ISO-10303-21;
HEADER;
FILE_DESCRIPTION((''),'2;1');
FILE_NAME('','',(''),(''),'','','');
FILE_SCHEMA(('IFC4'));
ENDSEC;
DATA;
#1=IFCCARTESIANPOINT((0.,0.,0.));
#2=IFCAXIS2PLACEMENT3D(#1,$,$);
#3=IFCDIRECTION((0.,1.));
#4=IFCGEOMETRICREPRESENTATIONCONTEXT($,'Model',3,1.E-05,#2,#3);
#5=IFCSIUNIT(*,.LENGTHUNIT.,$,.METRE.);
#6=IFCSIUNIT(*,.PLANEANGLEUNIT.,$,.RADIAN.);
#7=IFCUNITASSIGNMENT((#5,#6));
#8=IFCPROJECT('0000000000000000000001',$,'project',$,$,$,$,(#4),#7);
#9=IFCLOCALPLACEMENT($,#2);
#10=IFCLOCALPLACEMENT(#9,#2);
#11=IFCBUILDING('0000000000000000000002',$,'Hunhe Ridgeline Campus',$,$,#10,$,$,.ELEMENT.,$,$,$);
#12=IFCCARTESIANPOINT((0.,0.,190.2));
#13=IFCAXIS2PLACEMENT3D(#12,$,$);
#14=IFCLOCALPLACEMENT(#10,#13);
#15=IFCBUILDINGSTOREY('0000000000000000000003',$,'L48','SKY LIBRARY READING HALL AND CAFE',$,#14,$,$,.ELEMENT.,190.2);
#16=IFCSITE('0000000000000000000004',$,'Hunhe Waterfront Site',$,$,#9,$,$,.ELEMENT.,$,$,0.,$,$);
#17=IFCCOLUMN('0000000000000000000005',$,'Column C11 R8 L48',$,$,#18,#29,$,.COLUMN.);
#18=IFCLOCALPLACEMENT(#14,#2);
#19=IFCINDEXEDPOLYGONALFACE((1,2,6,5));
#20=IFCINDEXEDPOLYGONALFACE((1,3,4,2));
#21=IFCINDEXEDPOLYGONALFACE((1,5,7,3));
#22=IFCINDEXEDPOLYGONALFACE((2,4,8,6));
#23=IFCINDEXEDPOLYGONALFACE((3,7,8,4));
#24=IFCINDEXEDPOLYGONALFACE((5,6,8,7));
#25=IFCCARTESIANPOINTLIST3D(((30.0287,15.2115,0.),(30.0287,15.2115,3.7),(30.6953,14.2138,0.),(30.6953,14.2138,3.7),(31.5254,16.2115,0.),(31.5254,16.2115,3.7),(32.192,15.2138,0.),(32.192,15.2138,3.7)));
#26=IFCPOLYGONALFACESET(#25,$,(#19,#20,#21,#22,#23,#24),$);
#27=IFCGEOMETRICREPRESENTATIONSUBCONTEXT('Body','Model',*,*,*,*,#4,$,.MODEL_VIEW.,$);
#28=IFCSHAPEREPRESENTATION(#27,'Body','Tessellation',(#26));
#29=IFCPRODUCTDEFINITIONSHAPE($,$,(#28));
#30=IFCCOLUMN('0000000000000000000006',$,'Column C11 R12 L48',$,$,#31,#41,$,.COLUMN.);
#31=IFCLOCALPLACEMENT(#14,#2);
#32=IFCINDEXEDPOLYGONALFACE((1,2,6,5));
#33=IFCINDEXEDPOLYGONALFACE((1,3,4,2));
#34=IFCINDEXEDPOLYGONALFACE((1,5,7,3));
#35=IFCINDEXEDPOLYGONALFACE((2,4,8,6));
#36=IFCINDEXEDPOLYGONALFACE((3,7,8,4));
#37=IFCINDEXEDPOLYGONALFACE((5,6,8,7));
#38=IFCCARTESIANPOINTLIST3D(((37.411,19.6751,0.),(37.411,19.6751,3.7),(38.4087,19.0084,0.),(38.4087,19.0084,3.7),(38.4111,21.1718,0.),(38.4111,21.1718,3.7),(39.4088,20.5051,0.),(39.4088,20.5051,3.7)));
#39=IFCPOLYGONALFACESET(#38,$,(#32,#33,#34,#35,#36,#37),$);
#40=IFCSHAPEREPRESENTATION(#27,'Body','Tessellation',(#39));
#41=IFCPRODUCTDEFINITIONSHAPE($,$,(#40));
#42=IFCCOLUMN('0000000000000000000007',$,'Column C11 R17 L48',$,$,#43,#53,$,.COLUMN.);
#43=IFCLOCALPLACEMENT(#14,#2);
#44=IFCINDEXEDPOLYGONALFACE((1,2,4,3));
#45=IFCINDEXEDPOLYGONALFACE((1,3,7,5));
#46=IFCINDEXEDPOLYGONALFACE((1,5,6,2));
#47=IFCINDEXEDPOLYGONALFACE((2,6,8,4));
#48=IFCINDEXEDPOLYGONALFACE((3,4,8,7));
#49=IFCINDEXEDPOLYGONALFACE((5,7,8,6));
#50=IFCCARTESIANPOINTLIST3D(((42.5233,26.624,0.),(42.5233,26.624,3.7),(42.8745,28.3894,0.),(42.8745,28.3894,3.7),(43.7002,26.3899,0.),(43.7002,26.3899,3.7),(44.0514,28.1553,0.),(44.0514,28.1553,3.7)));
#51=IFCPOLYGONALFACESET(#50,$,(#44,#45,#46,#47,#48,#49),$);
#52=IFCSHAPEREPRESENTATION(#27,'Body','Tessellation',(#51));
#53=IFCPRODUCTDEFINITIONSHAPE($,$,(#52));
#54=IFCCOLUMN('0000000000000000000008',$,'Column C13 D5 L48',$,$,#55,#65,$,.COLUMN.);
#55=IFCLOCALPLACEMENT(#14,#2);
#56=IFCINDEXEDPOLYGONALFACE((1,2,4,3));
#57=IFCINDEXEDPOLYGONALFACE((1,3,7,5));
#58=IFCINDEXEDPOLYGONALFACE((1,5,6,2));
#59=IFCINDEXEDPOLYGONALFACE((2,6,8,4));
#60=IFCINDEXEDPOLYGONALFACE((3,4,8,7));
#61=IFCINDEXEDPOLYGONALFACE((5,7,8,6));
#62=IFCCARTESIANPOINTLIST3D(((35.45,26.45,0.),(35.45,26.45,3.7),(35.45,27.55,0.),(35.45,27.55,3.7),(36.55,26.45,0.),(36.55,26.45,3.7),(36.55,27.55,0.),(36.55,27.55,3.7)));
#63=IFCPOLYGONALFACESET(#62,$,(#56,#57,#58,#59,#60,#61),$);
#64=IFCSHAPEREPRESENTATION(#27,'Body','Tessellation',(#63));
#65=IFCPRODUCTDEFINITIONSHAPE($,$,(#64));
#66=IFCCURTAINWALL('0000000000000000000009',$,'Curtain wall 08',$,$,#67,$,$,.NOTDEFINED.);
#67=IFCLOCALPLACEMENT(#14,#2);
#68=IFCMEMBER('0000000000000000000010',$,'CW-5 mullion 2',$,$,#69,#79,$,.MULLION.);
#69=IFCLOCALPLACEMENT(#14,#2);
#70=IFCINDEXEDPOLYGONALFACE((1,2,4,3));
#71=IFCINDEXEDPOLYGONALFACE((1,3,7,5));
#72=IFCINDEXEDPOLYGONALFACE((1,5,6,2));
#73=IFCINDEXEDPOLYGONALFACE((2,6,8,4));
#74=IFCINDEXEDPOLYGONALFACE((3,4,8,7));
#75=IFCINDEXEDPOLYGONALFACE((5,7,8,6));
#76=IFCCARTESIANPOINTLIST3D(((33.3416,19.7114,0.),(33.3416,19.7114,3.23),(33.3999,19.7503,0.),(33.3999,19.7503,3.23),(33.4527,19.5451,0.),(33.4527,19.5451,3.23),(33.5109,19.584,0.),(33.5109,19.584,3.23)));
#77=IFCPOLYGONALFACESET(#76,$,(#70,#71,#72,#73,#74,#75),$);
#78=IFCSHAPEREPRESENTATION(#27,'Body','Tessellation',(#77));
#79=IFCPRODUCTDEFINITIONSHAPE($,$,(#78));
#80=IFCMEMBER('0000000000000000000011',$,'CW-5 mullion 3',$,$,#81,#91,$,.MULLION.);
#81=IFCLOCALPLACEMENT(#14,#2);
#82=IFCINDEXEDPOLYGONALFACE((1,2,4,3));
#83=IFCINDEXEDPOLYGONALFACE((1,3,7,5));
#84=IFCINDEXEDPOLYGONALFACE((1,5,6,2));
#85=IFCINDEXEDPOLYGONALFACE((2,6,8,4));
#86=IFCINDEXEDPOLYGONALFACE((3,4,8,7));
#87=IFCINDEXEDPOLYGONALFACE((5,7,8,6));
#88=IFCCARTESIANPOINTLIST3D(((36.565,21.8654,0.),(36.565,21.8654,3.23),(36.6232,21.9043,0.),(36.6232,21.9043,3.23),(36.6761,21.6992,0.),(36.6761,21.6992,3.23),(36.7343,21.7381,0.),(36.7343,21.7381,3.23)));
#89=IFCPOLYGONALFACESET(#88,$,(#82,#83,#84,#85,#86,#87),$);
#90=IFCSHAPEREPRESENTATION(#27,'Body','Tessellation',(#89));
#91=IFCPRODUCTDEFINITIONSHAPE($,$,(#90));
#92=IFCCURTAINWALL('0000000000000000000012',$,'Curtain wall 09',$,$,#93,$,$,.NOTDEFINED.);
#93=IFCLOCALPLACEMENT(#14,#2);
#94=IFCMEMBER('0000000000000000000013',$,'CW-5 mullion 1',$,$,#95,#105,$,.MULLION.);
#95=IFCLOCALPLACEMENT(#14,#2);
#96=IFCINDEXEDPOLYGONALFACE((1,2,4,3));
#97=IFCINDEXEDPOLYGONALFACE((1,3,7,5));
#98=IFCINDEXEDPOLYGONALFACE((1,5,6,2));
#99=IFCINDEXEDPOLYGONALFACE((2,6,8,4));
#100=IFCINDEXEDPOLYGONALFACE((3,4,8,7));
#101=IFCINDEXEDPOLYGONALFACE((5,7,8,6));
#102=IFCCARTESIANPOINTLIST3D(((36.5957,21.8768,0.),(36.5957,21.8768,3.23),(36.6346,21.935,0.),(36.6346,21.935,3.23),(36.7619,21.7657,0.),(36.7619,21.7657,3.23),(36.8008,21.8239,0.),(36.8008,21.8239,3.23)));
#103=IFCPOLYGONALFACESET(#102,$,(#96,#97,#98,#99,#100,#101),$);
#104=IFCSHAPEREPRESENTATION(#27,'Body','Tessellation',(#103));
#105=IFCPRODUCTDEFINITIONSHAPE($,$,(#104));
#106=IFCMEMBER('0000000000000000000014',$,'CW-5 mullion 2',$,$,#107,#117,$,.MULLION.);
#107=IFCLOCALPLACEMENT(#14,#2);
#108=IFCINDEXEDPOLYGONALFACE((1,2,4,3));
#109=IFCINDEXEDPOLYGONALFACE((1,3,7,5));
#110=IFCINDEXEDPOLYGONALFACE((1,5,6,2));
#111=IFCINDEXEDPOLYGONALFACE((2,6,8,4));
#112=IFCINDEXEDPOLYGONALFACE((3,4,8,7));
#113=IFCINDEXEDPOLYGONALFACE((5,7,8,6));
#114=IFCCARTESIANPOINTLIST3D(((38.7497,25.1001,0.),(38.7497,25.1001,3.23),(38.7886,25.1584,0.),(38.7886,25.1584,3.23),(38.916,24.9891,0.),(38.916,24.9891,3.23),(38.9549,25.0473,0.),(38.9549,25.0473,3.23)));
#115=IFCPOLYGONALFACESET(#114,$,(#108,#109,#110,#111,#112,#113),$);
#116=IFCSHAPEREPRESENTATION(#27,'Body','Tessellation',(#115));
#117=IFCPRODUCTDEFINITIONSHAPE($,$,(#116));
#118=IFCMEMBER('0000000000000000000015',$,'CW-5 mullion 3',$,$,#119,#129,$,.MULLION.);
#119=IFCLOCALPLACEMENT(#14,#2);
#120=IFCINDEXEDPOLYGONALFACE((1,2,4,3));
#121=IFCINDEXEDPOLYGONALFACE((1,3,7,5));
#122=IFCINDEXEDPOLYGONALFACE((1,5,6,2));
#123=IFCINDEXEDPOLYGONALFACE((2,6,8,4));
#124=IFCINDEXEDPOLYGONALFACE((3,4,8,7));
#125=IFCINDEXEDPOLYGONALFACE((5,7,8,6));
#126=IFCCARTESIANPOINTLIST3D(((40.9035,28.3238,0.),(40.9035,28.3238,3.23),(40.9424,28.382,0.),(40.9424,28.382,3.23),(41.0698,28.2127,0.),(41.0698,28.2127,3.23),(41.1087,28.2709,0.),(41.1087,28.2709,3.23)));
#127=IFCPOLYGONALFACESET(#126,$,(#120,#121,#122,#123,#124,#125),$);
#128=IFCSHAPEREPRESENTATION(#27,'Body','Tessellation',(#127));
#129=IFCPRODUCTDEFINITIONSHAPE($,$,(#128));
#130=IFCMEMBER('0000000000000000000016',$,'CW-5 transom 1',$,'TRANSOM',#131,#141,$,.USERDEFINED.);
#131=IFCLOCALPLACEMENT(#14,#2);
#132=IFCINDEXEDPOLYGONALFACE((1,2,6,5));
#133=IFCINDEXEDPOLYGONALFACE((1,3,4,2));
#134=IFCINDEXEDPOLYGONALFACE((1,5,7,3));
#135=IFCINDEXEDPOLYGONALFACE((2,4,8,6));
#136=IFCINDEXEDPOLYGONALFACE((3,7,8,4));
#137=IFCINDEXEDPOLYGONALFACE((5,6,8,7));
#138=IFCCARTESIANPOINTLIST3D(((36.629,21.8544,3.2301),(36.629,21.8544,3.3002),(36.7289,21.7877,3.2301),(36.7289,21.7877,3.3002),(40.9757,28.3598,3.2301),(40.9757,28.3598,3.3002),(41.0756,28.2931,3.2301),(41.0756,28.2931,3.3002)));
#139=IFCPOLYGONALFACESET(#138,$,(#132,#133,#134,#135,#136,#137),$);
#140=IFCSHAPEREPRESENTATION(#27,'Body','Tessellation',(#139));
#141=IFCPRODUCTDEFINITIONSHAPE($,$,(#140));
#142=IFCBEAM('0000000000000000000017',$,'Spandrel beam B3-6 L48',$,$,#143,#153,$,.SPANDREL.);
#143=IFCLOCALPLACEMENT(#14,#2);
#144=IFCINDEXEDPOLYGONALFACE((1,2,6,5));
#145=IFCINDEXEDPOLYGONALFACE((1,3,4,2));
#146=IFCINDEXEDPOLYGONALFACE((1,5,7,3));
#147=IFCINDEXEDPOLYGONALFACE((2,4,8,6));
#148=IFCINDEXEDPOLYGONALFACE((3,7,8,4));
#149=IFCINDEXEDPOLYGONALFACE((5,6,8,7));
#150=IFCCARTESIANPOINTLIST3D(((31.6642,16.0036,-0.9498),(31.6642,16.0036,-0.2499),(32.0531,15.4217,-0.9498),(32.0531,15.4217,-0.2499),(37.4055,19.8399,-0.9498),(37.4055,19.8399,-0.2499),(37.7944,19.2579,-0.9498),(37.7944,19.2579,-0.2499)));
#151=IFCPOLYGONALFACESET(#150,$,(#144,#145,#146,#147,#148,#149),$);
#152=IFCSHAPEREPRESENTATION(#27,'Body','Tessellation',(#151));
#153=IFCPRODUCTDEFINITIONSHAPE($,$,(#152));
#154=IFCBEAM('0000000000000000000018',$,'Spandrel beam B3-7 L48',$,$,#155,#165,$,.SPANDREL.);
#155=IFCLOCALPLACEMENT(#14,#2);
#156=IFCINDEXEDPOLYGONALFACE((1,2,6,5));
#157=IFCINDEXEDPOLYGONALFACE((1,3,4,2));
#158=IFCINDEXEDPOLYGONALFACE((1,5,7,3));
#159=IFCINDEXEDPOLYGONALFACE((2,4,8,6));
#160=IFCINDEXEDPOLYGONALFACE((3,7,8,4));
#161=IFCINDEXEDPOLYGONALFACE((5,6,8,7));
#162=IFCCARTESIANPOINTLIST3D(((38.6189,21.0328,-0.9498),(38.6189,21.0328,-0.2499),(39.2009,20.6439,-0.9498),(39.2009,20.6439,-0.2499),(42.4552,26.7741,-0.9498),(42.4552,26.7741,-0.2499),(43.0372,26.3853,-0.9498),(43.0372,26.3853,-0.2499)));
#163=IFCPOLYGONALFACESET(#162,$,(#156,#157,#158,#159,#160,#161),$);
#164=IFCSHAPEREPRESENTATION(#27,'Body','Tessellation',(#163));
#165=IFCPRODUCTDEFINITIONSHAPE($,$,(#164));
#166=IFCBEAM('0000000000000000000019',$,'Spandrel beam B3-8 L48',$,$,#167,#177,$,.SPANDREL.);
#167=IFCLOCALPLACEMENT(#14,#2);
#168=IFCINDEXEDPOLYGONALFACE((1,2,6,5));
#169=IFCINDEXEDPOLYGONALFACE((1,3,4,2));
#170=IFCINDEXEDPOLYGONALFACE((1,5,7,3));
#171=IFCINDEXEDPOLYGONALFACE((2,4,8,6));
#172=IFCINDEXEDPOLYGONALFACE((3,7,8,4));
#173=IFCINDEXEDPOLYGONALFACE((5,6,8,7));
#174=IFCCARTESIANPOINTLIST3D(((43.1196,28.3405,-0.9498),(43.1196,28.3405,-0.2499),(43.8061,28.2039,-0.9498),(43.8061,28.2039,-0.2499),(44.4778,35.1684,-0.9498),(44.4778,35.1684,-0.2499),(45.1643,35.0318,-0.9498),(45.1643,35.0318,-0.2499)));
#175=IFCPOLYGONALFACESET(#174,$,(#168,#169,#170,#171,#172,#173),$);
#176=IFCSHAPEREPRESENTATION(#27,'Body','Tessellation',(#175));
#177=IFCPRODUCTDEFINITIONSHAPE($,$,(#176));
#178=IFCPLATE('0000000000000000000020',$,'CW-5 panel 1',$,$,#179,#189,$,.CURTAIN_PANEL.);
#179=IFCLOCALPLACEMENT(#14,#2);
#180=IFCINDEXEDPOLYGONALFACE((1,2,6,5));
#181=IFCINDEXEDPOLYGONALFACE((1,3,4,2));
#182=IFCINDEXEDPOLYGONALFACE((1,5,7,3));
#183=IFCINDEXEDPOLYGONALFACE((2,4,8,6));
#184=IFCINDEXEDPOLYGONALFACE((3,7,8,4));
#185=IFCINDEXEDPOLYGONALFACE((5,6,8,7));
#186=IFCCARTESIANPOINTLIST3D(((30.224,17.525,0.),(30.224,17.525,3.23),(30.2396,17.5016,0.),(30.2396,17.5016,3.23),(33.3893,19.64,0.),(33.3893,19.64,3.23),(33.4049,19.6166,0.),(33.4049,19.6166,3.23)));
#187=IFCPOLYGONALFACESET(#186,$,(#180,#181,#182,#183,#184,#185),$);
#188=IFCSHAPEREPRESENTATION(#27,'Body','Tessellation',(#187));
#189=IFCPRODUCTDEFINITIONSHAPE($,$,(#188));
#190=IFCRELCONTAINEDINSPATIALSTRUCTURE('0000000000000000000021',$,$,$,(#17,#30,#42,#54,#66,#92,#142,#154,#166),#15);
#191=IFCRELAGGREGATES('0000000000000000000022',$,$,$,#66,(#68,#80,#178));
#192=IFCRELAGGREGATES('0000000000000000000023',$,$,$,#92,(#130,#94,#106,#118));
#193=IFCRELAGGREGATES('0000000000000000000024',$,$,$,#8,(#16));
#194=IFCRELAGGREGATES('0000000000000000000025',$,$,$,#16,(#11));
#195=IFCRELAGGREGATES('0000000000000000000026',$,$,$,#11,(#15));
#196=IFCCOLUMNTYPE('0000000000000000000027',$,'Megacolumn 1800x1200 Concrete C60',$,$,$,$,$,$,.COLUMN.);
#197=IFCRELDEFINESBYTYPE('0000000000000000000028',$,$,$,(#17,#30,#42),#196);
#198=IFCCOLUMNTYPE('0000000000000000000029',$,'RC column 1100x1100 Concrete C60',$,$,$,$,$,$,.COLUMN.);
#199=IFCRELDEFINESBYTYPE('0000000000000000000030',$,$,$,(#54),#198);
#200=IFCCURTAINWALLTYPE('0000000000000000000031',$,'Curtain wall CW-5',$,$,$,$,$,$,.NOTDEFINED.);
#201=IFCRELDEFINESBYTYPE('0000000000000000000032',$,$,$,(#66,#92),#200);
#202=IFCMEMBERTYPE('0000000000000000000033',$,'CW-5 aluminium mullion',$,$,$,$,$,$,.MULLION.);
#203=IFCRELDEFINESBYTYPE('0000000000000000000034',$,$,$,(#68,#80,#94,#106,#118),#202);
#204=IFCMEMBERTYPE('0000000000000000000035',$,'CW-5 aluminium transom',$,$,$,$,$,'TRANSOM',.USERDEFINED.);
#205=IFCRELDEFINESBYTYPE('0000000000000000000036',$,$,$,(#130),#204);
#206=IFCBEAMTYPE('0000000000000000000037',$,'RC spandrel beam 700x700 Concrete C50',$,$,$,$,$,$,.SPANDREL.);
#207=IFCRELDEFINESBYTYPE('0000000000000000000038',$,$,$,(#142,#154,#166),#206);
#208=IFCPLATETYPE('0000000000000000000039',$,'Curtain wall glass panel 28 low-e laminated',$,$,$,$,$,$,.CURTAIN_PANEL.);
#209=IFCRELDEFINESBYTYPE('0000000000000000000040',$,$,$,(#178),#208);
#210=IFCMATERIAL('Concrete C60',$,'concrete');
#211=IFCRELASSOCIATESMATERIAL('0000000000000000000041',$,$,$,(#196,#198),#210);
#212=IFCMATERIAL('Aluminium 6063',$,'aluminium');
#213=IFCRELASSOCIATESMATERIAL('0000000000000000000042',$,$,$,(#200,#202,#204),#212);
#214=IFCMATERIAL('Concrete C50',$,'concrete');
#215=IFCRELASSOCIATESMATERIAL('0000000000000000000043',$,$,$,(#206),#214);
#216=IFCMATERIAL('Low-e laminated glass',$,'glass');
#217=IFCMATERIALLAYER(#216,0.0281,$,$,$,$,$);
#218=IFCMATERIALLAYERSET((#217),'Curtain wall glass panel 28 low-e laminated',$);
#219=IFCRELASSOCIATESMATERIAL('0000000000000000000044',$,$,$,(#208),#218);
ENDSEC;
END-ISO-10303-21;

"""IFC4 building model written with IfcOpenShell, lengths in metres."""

from ifc_helpers import new_model, si_unit, direction, frame, origin, origin_2d, place, context, subcontext, project, spatial, rectangle, extrude, material, layer, layer_set, material_profile, profile_set, type_object, element, aggregate, save


model = new_model("IFC4")

# Units and contexts
model_context = context("Model", 3, precision=1e-05, world=origin(), true_north=direction((0.0, 1.0)))
body_context = subcontext(model_context, "Body", "Model", "MODEL_VIEW")
ifc_project = project(units=[si_unit("LENGTHUNIT", "METRE"), si_unit("PLANEANGLEUNIT", "RADIAN")], contexts=[model_context])

# Site, building, storey
site_placement = place(None, origin())
site = spatial("IfcSite", under=ifc_project, at=site_placement, Name="Hunhe Waterfront Site", CompositionType="ELEMENT", RefElevation=0.0)
building_placement = place(site_placement, origin())
building = spatial("IfcBuilding", under=site, at=building_placement, Name="Hunhe Ridgeline Campus", CompositionType="ELEMENT")
storey_placement = place(building_placement, frame((0.0, 0.0, 190.2)))
storey = spatial("IfcBuildingStorey", under=building, at=storey_placement, Name="L48", Description="SKY LIBRARY READING HALL AND CAFE", CompositionType="ELEMENT", Elevation=190.2)

# Columns
ifc_material_1 = material(Name="Concrete C60", Category="concrete")
ifc_material_profile_1 = material_profile(ifc_material_1, rectangle(XDim=1.8, YDim=1.2, at=origin_2d()))
ifc_profile_set_1 = profile_set([ifc_material_profile_1], Name="Concrete C60")
column_type_1 = type_object("IfcColumnType", Name="Megacolumn 1800x1200 Concrete C60", PredefinedType="COLUMN", material=ifc_profile_set_1)
for number, where, z_axis, x_axis, name in (
    (1, (31.1104, 15.2126, 0.0), (0.0, 0.0, 1.0), (0.83147, 0.55557, 0.0), "Column C11 R8 L48"),
    (2, (38.4099, 20.0901, 0.0), (0.0, 0.0, 1.0), (0.55557, 0.83147, 0.0), "Column C11 R12 L48"),
    (3, (43.2874, 27.3896, 0.0), (0.0, 0.0, 1.0), (0.19509, 0.980785, 0.0), "Column C11 R17 L48"),
):
    element("IfcColumn", number, at=place(storey_placement, frame(where, z_axis=z_axis, x_axis=x_axis)), inside=storey, type_object=column_type_1, Name=name, PredefinedType="COLUMN", context=body_context, shape_type="SweptSolid", body=[
        extrude(rectangle(XDim=1.8, YDim=1.2, at=origin_2d()), origin(), (0.0, 0.0, 1.0), 3.7),
    ])
ifc_material_profile_2 = material_profile(ifc_material_1, rectangle(XDim=1.1001, YDim=1.1001, at=origin_2d()))
ifc_profile_set_2 = profile_set([ifc_material_profile_2], Name="Concrete C60")
column_type_2 = type_object("IfcColumnType", Name="RC column 1100x1100 Concrete C60", PredefinedType="COLUMN", material=ifc_profile_set_2)
column_placement = place(storey_placement, frame((36.0, 27.0, 0.0), z_axis=(0.0, 0.0, 1.0), x_axis=(1.0, 0.0, 0.0)))
element("IfcColumn", 4, at=column_placement, inside=storey, type_object=column_type_2, Name="Column C13 D5 L48", PredefinedType="COLUMN", context=body_context, shape_type="SweptSolid", body=[
    extrude(rectangle(XDim=1.1001, YDim=1.1001, at=origin_2d()), origin(), (0.0, 0.0, 1.0), 3.7),
])

# Curtain walls, members
ifc_material_2 = material(Name="Aluminium 6063", Category="aluminium")
curtain_wall_type = type_object("IfcCurtainWallType", Name="Curtain wall CW-5", PredefinedType="NOTDEFINED", material=ifc_material_2)
curtain_wall_1_placement = place(storey_placement, origin())
curtain_wall_1 = element("IfcCurtainWall", 5, at=curtain_wall_1_placement, inside=storey, type_object=curtain_wall_type, Name="Curtain wall 08", PredefinedType="NOTDEFINED")
ifc_material_profile_3 = material_profile(ifc_material_2, rectangle(XDim=0.2, YDim=0.0701, at=origin_2d()))
ifc_profile_set_3 = profile_set([ifc_material_profile_3], Name="Aluminium 6063")
member_type_1 = type_object("IfcMemberType", Name="CW-5 aluminium mullion", PredefinedType="MULLION", material=ifc_profile_set_3)
member_1_placement = place(storey_placement, frame((33.4263, 19.6477, 0.0), z_axis=(0.0, 0.0, 1.0), x_axis=(-0.55557, 0.83147, 0.0)))
member_1 = element("IfcMember", 6, at=member_1_placement, type_object=member_type_1, Name="CW-5 mullion 2", PredefinedType="MULLION", context=body_context, shape_type="SweptSolid", body=[
    extrude(rectangle(XDim=0.2, YDim=0.0701, at=origin_2d()), origin(), (0.0, 0.0, 1.0), 3.23),
])
member_2_placement = place(storey_placement, frame((36.6497, 21.8018, 0.0), z_axis=(0.0, 0.0, 1.0), x_axis=(-0.55557, 0.83147, 0.0)))
member_2 = element("IfcMember", 7, at=member_2_placement, type_object=member_type_1, Name="CW-5 mullion 3", PredefinedType="MULLION", context=body_context, shape_type="SweptSolid", body=[
    extrude(rectangle(XDim=0.2, YDim=0.0701, at=origin_2d()), origin(), (0.0, 0.0, 1.0), 3.23),
])
curtain_wall_2_placement = place(storey_placement, origin())
curtain_wall_2 = element("IfcCurtainWall", 8, at=curtain_wall_2_placement, inside=storey, type_object=curtain_wall_type, Name="Curtain wall 09", PredefinedType="NOTDEFINED")
member_3_placement = place(storey_placement, frame((36.6982, 21.8503, 0.0), z_axis=(0.0, 0.0, 1.0), x_axis=(-0.83147, 0.55557, 0.0)))
member_3 = element("IfcMember", 9, at=member_3_placement, type_object=member_type_1, Name="CW-5 mullion 1", PredefinedType="MULLION", context=body_context, shape_type="SweptSolid", body=[
    extrude(rectangle(XDim=0.2, YDim=0.0701, at=origin_2d()), origin(), (0.0, 0.0, 1.0), 3.23),
])
member_4_placement = place(storey_placement, frame((38.8523, 25.0737, 0.0), z_axis=(0.0, 0.0, 1.0), x_axis=(-0.83147, 0.55557, 0.0)))
member_4 = element("IfcMember", 10, at=member_4_placement, type_object=member_type_1, Name="CW-5 mullion 2", PredefinedType="MULLION", context=body_context, shape_type="SweptSolid", body=[
    extrude(rectangle(XDim=0.2, YDim=0.0701, at=origin_2d()), origin(), (0.0, 0.0, 1.0), 3.23),
])
member_5_placement = place(storey_placement, frame((41.0061, 28.2974, 0.0), z_axis=(0.0, 0.0, 1.0), x_axis=(-0.83147, 0.55557, 0.0)))
member_5 = element("IfcMember", 11, at=member_5_placement, type_object=member_type_1, Name="CW-5 mullion 3", PredefinedType="MULLION", context=body_context, shape_type="SweptSolid", body=[
    extrude(rectangle(XDim=0.2, YDim=0.0701, at=origin_2d()), origin(), (0.0, 0.0, 1.0), 3.23),
])
ifc_material_profile_4 = material_profile(ifc_material_2, rectangle(XDim=0.1201, YDim=0.0701, at=origin_2d()))
ifc_profile_set_4 = profile_set([ifc_material_profile_4], Name="Aluminium 6063")
member_type_2 = type_object("IfcMemberType", Name="CW-5 aluminium transom", ElementType="TRANSOM", PredefinedType="USERDEFINED", material=ifc_profile_set_4)
member_6_placement = place(storey_placement, frame((36.679, 21.821, 3.2651), z_axis=(0.555564, 0.831474, 0.0), x_axis=(-0.831474, 0.555564, 0.0)))
member_6 = element("IfcMember", 12, at=member_6_placement, type_object=member_type_2, Name="CW-5 transom 1", ObjectType="TRANSOM", PredefinedType="USERDEFINED", context=body_context, shape_type="SweptSolid", body=[
    extrude(rectangle(XDim=0.1201, YDim=0.0701, at=origin_2d()), origin(), (0.0, 0.0, 1.0), 7.824),
])

# Beams
ifc_material_3 = material(Name="Concrete C50", Category="concrete")
ifc_material_profile_5 = material_profile(ifc_material_3, rectangle(XDim=0.7, YDim=0.7, at=origin_2d()))
ifc_profile_set_5 = profile_set([ifc_material_profile_5], Name="Concrete C50")
beam_type = type_object("IfcBeamType", Name="RC spandrel beam 700x700 Concrete C50", PredefinedType="SPANDREL", material=ifc_profile_set_5)
for number, where, z_axis, x_axis, name in (
    (13, (31.8586, 15.7126, -0.5999), (0.831468, 0.555573, 0.0), (-0.555573, 0.831468, 0.0), "Spandrel beam B3-6 L48"),
    (14, (38.9099, 20.8384, -0.5999), (0.555573, 0.831468, 0.0), (-0.831468, 0.555573, 0.0), "Spandrel beam B3-7 L48"),
):
    element("IfcBeam", number, at=place(storey_placement, frame(where, z_axis=z_axis, x_axis=x_axis)), inside=storey, type_object=beam_type, Name=name, PredefinedType="SPANDREL", context=body_context, shape_type="SweptSolid", body=[
        extrude(rectangle(XDim=0.7, YDim=0.7, at=origin_2d()), origin(), (0.0, 0.0, 1.0), 6.905),
    ])
beam_placement = place(storey_placement, frame((43.4629, 28.2722, -0.5999), z_axis=(0.195091, 0.980785, 0.0), x_axis=(-0.980785, 0.195091, 0.0)))
element("IfcBeam", 15, at=beam_placement, inside=storey, type_object=beam_type, Name="Spandrel beam B3-8 L48", PredefinedType="SPANDREL", context=body_context, shape_type="SweptSolid", body=[
    extrude(rectangle(XDim=0.7, YDim=0.7, at=origin_2d()), origin(), (0.0, 0.0, 1.0), 6.9617),
])

# Plate
ifc_material_4 = material(Name="Low-e laminated glass", Category="glass")
ifc_layer_1 = layer(ifc_material_4, 0.0281)
ifc_layer_set_1 = layer_set([ifc_layer_1], Name="Curtain wall glass panel 28 low-e laminated")
plate_type = type_object("IfcPlateType", Name="Curtain wall glass panel 28 low-e laminated", PredefinedType="CURTAIN_PANEL", material=ifc_layer_set_1)
plate_1_placement = place(storey_placement, frame((31.8145, 18.5708, 0.0), z_axis=(0.0, 0.0, 1.0), x_axis=(0.83147, 0.55557, 0.0)))
plate_1 = element("IfcPlate", 16, at=plate_1_placement, type_object=plate_type, Name="CW-5 panel 1", PredefinedType="CURTAIN_PANEL", context=body_context, shape_type="SweptSolid", body=[
    extrude(rectangle(XDim=3.8069, YDim=0.0281, at=origin_2d()), origin(), (0.0, 0.0, 1.0), 3.23),
])
aggregate(curtain_wall_1, [member_1, member_2, plate_1])
aggregate(curtain_wall_2, [member_6, member_3, member_4, member_5])

save(model, "model.ifc")
